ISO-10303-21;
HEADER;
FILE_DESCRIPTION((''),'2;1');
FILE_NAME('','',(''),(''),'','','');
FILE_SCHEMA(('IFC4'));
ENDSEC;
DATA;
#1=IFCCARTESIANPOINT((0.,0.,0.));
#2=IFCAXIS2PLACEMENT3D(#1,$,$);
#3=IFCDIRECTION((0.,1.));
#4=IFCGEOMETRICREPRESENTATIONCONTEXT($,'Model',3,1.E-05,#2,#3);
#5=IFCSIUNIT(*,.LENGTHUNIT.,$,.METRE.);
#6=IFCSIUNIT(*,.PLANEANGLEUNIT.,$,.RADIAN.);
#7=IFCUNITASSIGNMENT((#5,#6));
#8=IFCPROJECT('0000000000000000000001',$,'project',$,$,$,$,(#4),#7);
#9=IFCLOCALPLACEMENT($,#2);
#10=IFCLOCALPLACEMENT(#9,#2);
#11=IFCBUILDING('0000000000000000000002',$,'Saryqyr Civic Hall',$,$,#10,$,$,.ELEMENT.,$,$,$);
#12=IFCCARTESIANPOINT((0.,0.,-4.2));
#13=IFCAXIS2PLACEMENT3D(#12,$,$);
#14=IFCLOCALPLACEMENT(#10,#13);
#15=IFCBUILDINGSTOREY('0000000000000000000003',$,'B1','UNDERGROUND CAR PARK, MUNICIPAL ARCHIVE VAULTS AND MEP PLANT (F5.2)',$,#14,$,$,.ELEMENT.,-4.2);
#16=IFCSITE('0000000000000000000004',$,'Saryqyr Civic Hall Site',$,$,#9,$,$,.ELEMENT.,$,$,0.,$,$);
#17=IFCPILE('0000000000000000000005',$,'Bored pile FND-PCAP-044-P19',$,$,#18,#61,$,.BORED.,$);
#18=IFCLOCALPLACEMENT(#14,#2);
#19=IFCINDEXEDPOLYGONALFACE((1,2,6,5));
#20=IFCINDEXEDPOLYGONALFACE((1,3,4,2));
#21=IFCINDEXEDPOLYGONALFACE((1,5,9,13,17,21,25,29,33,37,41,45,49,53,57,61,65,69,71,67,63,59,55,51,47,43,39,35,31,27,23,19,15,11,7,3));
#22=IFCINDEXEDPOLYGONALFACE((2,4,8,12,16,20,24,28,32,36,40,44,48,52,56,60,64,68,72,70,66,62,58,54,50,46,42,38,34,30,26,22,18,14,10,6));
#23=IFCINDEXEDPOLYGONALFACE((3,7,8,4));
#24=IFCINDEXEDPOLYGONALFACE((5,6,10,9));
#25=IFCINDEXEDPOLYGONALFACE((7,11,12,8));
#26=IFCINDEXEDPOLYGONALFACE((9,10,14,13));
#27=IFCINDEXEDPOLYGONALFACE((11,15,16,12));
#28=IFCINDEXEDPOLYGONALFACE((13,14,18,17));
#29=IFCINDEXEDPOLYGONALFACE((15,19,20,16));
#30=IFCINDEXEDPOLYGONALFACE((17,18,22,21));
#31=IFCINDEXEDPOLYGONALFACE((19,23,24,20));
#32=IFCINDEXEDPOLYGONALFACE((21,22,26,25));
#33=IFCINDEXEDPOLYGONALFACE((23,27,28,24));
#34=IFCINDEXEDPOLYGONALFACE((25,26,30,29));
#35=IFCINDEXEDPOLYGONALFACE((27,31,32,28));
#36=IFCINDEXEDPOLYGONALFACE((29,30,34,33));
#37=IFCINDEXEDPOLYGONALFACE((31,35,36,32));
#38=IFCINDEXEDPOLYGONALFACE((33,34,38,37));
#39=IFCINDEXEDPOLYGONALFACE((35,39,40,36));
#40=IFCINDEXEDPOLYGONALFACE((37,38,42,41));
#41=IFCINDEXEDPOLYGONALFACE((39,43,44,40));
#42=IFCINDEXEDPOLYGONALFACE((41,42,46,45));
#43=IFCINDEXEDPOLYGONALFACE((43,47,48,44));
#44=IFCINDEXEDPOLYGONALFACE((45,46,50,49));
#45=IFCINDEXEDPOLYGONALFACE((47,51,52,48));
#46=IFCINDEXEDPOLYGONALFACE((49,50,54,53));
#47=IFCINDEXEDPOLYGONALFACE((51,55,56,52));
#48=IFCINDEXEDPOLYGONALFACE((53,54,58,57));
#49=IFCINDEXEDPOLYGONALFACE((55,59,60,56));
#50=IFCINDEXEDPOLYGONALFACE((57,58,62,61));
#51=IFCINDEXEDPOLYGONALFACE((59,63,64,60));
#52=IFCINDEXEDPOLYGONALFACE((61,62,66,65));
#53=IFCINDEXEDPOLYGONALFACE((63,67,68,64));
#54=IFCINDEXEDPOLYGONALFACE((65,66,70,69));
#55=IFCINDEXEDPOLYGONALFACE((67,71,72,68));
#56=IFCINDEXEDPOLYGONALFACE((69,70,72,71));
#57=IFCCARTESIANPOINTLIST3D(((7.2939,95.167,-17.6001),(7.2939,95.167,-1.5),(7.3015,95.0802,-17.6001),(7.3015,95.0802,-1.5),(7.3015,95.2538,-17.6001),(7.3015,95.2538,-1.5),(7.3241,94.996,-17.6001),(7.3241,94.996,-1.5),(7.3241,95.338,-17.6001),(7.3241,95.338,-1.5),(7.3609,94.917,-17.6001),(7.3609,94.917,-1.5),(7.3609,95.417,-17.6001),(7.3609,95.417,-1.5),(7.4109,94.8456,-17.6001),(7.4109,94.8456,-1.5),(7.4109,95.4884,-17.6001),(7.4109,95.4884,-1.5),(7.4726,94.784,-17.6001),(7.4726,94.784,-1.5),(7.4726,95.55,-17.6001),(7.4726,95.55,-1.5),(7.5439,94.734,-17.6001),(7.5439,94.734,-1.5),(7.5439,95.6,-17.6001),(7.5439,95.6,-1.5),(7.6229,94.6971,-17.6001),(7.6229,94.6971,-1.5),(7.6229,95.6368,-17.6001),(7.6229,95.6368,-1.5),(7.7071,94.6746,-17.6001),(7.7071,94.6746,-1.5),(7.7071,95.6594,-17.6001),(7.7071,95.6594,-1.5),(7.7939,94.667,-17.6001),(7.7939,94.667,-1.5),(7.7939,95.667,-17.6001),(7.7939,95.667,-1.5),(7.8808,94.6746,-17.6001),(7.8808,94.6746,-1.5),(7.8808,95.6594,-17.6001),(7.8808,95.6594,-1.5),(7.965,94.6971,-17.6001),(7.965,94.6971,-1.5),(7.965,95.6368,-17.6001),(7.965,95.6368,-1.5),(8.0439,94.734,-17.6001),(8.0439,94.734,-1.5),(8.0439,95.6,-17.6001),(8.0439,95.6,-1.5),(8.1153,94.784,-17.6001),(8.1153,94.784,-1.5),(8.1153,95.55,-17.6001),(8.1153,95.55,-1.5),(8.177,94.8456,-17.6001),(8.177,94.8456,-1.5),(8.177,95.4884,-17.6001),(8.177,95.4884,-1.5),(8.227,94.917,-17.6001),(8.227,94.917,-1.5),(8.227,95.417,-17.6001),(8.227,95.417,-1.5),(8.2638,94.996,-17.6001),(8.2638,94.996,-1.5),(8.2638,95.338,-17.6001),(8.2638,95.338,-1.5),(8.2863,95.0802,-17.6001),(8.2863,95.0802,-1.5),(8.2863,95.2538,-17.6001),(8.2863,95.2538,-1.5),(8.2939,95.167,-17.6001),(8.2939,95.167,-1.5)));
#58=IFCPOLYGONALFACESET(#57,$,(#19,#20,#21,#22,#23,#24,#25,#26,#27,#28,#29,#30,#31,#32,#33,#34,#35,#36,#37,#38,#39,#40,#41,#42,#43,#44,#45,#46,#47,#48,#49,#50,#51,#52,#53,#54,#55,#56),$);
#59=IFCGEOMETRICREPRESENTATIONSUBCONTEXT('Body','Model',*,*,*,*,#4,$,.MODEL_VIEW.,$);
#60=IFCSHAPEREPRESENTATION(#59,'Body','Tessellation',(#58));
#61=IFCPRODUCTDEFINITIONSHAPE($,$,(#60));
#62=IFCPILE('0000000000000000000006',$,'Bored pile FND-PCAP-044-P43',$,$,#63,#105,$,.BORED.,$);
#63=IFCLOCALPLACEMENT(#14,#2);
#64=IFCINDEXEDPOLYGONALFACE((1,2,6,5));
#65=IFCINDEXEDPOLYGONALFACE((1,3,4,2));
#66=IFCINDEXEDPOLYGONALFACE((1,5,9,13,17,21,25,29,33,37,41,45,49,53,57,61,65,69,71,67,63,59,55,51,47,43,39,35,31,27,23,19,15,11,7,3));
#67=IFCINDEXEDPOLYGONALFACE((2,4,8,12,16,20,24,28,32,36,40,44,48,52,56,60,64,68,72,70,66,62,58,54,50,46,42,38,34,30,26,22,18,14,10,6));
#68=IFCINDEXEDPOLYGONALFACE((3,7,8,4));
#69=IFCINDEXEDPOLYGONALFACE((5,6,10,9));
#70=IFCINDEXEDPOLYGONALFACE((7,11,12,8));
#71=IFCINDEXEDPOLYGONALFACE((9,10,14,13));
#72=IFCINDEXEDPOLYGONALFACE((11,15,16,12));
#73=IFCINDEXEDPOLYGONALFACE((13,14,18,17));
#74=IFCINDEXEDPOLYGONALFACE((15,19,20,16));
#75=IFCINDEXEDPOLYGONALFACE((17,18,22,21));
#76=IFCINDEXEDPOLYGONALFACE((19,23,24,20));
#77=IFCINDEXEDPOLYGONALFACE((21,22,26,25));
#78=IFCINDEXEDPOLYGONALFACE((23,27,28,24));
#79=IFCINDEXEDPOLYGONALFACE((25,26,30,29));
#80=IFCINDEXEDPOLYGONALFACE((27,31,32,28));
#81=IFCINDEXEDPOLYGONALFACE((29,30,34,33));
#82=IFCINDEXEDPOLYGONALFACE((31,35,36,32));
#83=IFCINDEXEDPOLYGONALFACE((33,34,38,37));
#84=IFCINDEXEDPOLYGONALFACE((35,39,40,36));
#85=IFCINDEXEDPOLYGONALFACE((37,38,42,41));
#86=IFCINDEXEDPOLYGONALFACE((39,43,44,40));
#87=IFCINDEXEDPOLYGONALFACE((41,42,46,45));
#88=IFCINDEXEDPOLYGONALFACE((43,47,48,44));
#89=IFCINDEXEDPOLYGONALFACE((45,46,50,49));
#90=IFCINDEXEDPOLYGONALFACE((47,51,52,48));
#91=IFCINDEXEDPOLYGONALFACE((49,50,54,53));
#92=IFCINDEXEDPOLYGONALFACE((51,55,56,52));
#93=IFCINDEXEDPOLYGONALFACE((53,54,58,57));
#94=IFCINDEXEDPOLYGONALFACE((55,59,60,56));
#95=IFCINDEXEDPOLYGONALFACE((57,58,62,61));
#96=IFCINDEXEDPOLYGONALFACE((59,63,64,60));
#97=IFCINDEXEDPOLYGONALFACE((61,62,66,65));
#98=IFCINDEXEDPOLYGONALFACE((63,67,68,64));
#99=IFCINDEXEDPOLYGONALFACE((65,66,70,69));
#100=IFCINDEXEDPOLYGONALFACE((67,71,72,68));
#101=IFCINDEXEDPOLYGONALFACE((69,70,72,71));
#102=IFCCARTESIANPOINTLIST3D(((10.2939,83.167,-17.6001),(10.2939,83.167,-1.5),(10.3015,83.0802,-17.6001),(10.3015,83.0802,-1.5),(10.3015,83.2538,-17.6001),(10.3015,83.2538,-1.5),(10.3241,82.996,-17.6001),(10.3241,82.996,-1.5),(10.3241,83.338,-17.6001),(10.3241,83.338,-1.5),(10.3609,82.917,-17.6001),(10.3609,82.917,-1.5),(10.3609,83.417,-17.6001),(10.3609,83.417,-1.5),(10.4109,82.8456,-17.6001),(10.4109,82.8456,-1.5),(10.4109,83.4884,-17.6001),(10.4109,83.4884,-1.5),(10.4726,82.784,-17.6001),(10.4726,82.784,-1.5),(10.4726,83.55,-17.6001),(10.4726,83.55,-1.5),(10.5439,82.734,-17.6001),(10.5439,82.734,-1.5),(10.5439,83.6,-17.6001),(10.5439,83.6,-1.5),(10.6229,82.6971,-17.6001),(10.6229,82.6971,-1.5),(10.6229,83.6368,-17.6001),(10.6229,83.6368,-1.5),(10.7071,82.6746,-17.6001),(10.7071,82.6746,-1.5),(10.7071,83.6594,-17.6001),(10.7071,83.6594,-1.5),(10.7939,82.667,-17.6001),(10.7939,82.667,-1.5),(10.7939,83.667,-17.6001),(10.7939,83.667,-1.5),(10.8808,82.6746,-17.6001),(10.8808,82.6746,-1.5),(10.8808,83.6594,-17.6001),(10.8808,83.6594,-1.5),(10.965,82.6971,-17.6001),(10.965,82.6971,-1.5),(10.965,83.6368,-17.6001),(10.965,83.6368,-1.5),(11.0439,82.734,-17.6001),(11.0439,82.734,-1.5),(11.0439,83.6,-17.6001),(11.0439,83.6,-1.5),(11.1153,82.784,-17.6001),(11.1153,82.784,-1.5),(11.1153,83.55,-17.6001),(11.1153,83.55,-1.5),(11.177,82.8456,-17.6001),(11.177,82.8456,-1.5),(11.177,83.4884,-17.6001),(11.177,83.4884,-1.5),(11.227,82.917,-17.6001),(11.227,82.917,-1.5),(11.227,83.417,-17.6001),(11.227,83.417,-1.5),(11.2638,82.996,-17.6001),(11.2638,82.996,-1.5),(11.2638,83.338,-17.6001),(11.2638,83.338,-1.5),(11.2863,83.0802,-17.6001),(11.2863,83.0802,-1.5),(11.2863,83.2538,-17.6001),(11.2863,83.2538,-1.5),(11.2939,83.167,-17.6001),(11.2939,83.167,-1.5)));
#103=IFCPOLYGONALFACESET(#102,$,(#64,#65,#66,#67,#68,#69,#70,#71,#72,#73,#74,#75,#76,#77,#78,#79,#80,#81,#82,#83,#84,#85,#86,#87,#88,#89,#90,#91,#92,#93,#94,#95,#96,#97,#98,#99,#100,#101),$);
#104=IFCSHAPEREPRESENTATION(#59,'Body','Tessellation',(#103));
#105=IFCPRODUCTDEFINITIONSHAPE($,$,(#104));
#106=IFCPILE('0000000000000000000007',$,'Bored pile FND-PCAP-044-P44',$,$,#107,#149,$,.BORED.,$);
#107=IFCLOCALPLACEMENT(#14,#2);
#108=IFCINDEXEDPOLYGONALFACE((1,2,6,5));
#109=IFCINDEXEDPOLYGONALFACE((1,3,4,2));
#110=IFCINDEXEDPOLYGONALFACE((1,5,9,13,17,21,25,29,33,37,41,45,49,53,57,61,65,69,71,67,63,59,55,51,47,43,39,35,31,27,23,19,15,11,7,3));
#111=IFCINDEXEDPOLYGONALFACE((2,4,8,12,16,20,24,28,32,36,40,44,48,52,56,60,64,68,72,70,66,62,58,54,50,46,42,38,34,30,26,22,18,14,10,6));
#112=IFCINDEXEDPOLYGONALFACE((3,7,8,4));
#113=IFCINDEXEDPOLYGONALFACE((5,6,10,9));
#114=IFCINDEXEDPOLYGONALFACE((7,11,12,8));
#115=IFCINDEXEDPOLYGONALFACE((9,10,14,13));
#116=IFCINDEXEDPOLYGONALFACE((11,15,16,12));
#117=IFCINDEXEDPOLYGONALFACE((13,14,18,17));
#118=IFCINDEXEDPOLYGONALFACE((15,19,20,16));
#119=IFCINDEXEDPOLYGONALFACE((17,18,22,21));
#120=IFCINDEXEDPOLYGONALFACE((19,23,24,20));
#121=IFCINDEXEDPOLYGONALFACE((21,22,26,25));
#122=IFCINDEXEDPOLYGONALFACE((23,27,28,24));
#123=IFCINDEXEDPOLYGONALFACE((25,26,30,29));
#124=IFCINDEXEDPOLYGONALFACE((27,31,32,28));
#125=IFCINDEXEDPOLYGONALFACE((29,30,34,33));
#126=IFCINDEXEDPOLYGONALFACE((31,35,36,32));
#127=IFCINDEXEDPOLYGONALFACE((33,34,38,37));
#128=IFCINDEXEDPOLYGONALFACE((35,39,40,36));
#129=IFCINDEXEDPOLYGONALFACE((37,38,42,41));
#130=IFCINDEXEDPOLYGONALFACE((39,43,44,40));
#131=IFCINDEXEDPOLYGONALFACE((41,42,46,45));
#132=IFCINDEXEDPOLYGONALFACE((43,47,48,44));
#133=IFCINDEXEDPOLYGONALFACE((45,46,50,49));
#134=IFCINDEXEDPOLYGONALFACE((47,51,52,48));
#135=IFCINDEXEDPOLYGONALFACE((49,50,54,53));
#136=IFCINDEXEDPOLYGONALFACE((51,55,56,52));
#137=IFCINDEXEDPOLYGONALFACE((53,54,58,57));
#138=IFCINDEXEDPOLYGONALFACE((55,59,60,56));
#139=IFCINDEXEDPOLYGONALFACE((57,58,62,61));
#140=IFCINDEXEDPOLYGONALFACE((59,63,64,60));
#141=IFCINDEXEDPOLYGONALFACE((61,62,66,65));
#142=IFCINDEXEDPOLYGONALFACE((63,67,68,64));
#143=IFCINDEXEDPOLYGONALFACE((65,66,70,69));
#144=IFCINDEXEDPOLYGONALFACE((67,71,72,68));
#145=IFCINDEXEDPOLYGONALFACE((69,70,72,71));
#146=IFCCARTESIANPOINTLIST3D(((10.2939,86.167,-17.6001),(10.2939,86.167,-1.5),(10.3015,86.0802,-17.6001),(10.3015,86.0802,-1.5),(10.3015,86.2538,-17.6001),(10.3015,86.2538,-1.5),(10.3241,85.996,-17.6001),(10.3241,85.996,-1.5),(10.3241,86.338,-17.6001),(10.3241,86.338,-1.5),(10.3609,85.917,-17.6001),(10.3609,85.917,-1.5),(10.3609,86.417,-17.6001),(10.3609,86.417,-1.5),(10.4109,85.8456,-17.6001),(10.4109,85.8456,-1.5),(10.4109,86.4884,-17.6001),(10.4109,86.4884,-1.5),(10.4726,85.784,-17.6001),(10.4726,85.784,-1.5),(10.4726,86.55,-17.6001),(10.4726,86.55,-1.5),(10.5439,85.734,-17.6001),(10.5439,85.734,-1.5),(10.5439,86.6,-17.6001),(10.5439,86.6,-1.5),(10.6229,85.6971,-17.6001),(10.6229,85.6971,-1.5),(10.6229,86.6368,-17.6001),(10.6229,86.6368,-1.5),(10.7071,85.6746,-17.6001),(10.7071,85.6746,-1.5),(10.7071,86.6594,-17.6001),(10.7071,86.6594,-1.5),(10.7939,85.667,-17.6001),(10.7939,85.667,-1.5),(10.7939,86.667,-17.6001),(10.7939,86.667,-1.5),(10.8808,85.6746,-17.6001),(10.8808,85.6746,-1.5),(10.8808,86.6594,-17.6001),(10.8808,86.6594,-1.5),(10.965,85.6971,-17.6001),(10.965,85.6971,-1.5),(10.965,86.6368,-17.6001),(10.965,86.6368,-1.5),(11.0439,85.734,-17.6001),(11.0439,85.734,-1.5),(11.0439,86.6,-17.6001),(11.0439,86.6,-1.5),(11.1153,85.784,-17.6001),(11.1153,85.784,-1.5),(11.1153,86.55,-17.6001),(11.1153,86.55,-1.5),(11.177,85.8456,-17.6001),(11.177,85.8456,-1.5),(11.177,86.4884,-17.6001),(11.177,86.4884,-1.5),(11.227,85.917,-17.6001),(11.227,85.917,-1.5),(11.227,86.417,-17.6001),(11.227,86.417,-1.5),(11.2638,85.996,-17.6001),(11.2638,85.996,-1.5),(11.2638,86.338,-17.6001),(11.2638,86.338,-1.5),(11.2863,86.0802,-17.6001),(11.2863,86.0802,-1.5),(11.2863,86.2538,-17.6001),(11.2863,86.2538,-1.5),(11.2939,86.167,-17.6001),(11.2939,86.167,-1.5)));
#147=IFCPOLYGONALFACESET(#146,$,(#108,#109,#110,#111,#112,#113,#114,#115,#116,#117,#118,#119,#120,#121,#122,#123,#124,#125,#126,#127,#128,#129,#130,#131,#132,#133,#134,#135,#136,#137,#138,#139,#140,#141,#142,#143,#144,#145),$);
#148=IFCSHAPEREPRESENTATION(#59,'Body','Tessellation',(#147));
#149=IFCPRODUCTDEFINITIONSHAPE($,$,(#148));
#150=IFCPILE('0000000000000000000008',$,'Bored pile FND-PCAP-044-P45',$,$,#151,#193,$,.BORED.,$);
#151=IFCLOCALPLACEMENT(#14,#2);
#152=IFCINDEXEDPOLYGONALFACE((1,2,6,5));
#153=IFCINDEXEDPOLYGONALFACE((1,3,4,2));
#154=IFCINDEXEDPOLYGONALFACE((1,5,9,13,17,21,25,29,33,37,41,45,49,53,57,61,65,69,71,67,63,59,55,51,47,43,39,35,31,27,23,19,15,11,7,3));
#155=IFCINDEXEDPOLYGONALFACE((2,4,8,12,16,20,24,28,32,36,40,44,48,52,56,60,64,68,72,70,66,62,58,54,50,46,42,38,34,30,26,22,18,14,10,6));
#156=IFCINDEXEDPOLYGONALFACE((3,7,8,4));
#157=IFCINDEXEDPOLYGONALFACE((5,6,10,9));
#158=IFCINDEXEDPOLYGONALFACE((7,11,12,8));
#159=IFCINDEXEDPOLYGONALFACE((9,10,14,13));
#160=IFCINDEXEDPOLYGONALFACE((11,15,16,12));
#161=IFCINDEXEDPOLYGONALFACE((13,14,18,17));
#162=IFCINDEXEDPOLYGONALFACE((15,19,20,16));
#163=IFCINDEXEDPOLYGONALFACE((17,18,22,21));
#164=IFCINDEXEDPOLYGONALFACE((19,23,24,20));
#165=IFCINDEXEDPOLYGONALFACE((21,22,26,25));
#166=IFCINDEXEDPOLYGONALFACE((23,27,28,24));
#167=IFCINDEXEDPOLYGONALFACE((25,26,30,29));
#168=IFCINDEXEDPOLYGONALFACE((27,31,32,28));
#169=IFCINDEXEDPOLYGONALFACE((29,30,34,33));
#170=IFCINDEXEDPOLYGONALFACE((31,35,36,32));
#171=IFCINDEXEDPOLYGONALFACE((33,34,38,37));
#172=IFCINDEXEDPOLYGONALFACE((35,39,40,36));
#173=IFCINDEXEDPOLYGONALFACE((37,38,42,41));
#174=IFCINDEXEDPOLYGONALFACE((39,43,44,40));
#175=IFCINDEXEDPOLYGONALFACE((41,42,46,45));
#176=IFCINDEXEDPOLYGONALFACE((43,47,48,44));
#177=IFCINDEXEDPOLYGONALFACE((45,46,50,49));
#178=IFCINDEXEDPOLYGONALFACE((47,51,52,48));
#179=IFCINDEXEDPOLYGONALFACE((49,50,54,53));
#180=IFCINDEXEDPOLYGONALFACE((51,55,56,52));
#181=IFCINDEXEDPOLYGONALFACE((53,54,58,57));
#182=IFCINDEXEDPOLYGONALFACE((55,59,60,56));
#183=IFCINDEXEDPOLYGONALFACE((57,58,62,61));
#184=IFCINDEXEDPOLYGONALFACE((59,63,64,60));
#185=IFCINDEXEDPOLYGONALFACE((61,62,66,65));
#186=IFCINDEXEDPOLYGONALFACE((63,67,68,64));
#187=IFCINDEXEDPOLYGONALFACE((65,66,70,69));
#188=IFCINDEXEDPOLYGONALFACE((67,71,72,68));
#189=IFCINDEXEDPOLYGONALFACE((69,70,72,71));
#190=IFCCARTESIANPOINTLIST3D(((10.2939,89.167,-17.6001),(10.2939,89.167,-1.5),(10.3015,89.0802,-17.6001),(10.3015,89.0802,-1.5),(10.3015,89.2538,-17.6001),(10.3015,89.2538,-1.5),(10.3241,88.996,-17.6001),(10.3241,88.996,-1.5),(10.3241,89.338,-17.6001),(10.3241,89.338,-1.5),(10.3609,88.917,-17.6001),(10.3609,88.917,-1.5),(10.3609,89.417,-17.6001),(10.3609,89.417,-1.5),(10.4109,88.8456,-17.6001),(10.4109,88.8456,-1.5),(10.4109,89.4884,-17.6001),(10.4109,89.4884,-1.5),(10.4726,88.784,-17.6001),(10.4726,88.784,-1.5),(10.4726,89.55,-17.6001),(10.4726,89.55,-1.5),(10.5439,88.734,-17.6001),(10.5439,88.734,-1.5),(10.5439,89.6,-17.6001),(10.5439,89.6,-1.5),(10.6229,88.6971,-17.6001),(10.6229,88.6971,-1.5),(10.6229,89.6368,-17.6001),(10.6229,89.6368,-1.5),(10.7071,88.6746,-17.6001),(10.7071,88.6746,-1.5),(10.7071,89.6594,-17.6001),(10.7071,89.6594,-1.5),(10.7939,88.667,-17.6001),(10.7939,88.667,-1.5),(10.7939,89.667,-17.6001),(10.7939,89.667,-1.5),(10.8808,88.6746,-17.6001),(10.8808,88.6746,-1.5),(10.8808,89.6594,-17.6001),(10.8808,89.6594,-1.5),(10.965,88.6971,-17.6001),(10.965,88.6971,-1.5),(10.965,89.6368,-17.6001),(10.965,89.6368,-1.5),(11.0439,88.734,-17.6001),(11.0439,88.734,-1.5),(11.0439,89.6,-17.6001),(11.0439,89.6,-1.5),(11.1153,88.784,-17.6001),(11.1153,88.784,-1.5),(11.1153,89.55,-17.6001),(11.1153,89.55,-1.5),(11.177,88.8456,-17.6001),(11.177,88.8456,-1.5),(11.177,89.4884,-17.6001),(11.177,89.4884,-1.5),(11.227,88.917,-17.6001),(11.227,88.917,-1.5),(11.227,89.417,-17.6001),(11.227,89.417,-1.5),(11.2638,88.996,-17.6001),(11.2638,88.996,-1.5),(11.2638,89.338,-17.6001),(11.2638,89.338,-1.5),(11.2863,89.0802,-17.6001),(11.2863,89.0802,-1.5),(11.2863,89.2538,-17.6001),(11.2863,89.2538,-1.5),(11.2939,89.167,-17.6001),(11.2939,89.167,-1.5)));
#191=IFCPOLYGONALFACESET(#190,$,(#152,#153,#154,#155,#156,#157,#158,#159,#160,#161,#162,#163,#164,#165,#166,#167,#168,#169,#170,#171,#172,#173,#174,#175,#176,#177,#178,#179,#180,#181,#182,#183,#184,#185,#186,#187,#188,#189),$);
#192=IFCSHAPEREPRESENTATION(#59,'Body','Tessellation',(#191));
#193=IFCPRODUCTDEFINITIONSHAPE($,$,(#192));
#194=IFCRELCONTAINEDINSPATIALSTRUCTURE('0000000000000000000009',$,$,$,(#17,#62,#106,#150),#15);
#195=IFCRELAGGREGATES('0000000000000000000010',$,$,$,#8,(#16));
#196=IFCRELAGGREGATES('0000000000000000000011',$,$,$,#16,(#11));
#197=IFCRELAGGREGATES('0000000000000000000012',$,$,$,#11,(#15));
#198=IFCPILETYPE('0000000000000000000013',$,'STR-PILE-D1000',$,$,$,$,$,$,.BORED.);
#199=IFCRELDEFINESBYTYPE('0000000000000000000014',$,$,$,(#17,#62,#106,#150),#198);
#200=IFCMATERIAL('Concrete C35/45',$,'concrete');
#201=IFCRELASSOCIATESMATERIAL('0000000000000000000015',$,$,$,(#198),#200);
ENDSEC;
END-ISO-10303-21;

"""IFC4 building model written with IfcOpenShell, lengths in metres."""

from ifc_helpers import new_model, si_unit, direction, frame, origin, origin_2d, place, context, subcontext, project, spatial, circle, extrude, material, material_profile, profile_set, type_object, element, save


model = new_model("IFC4")

# Units and contexts
model_context = context("Model", 3, precision=1e-05, world=origin(), true_north=direction((0.0, 1.0)))
body_context = subcontext(model_context, "Body", "Model", "MODEL_VIEW")
ifc_project = project(units=[si_unit("LENGTHUNIT", "METRE"), si_unit("PLANEANGLEUNIT", "RADIAN")], contexts=[model_context])

# Site, building, storey
site_placement = place(None, origin())
site = spatial("IfcSite", under=ifc_project, at=site_placement, Name="Saryqyr Civic Hall Site", CompositionType="ELEMENT", RefElevation=0.0)
building_placement = place(site_placement, origin())
building = spatial("IfcBuilding", under=site, at=building_placement, Name="Saryqyr Civic Hall", CompositionType="ELEMENT")
storey_placement = place(building_placement, frame((0.0, 0.0, -4.2)))
storey = spatial("IfcBuildingStorey", under=building, at=storey_placement, Name="B1", Description="UNDERGROUND CAR PARK, MUNICIPAL ARCHIVE VAULTS AND MEP PLANT (F5.2)", CompositionType="ELEMENT", Elevation=-4.2)

# Piles
ifc_material_1 = material(Name="Concrete C35/45", Category="concrete")
ifc_material_profile_1 = material_profile(ifc_material_1, circle(Radius=0.5, at=origin_2d()), Name="BORED PILE D1000")
ifc_profile_set_1 = profile_set([ifc_material_profile_1], Name="Concrete C35/45")
pile_type = type_object("IfcPileType", Name="STR-PILE-D1000", PredefinedType="BORED", material=ifc_profile_set_1)
for number, where, z_axis, x_axis, name in (
    (1, (7.7939, 95.167, -1.5), (0.0, 0.0, -1.0), (1.0, 0.0, 0.0), "Bored pile FND-PCAP-044-P19"),
    (2, (10.7939, 83.167, -1.5), (0.0, 0.0, -1.0), (1.0, 0.0, 0.0), "Bored pile FND-PCAP-044-P43"),
    (3, (10.7939, 86.167, -1.5), (0.0, 0.0, -1.0), (1.0, 0.0, 0.0), "Bored pile FND-PCAP-044-P44"),
    (4, (10.7939, 89.167, -1.5), (0.0, 0.0, -1.0), (1.0, 0.0, 0.0), "Bored pile FND-PCAP-044-P45"),
):
    element("IfcPile", number, at=place(storey_placement, frame(where, z_axis=z_axis, x_axis=x_axis)), inside=storey, type_object=pile_type, Name=name, PredefinedType="BORED", context=body_context, shape_type="SweptSolid", body=[
        extrude(circle(Radius=0.5, at=origin_2d()), origin(), (0.0, 0.0, 1.0), 16.1001),
    ])

save(model, "model.ifc")
